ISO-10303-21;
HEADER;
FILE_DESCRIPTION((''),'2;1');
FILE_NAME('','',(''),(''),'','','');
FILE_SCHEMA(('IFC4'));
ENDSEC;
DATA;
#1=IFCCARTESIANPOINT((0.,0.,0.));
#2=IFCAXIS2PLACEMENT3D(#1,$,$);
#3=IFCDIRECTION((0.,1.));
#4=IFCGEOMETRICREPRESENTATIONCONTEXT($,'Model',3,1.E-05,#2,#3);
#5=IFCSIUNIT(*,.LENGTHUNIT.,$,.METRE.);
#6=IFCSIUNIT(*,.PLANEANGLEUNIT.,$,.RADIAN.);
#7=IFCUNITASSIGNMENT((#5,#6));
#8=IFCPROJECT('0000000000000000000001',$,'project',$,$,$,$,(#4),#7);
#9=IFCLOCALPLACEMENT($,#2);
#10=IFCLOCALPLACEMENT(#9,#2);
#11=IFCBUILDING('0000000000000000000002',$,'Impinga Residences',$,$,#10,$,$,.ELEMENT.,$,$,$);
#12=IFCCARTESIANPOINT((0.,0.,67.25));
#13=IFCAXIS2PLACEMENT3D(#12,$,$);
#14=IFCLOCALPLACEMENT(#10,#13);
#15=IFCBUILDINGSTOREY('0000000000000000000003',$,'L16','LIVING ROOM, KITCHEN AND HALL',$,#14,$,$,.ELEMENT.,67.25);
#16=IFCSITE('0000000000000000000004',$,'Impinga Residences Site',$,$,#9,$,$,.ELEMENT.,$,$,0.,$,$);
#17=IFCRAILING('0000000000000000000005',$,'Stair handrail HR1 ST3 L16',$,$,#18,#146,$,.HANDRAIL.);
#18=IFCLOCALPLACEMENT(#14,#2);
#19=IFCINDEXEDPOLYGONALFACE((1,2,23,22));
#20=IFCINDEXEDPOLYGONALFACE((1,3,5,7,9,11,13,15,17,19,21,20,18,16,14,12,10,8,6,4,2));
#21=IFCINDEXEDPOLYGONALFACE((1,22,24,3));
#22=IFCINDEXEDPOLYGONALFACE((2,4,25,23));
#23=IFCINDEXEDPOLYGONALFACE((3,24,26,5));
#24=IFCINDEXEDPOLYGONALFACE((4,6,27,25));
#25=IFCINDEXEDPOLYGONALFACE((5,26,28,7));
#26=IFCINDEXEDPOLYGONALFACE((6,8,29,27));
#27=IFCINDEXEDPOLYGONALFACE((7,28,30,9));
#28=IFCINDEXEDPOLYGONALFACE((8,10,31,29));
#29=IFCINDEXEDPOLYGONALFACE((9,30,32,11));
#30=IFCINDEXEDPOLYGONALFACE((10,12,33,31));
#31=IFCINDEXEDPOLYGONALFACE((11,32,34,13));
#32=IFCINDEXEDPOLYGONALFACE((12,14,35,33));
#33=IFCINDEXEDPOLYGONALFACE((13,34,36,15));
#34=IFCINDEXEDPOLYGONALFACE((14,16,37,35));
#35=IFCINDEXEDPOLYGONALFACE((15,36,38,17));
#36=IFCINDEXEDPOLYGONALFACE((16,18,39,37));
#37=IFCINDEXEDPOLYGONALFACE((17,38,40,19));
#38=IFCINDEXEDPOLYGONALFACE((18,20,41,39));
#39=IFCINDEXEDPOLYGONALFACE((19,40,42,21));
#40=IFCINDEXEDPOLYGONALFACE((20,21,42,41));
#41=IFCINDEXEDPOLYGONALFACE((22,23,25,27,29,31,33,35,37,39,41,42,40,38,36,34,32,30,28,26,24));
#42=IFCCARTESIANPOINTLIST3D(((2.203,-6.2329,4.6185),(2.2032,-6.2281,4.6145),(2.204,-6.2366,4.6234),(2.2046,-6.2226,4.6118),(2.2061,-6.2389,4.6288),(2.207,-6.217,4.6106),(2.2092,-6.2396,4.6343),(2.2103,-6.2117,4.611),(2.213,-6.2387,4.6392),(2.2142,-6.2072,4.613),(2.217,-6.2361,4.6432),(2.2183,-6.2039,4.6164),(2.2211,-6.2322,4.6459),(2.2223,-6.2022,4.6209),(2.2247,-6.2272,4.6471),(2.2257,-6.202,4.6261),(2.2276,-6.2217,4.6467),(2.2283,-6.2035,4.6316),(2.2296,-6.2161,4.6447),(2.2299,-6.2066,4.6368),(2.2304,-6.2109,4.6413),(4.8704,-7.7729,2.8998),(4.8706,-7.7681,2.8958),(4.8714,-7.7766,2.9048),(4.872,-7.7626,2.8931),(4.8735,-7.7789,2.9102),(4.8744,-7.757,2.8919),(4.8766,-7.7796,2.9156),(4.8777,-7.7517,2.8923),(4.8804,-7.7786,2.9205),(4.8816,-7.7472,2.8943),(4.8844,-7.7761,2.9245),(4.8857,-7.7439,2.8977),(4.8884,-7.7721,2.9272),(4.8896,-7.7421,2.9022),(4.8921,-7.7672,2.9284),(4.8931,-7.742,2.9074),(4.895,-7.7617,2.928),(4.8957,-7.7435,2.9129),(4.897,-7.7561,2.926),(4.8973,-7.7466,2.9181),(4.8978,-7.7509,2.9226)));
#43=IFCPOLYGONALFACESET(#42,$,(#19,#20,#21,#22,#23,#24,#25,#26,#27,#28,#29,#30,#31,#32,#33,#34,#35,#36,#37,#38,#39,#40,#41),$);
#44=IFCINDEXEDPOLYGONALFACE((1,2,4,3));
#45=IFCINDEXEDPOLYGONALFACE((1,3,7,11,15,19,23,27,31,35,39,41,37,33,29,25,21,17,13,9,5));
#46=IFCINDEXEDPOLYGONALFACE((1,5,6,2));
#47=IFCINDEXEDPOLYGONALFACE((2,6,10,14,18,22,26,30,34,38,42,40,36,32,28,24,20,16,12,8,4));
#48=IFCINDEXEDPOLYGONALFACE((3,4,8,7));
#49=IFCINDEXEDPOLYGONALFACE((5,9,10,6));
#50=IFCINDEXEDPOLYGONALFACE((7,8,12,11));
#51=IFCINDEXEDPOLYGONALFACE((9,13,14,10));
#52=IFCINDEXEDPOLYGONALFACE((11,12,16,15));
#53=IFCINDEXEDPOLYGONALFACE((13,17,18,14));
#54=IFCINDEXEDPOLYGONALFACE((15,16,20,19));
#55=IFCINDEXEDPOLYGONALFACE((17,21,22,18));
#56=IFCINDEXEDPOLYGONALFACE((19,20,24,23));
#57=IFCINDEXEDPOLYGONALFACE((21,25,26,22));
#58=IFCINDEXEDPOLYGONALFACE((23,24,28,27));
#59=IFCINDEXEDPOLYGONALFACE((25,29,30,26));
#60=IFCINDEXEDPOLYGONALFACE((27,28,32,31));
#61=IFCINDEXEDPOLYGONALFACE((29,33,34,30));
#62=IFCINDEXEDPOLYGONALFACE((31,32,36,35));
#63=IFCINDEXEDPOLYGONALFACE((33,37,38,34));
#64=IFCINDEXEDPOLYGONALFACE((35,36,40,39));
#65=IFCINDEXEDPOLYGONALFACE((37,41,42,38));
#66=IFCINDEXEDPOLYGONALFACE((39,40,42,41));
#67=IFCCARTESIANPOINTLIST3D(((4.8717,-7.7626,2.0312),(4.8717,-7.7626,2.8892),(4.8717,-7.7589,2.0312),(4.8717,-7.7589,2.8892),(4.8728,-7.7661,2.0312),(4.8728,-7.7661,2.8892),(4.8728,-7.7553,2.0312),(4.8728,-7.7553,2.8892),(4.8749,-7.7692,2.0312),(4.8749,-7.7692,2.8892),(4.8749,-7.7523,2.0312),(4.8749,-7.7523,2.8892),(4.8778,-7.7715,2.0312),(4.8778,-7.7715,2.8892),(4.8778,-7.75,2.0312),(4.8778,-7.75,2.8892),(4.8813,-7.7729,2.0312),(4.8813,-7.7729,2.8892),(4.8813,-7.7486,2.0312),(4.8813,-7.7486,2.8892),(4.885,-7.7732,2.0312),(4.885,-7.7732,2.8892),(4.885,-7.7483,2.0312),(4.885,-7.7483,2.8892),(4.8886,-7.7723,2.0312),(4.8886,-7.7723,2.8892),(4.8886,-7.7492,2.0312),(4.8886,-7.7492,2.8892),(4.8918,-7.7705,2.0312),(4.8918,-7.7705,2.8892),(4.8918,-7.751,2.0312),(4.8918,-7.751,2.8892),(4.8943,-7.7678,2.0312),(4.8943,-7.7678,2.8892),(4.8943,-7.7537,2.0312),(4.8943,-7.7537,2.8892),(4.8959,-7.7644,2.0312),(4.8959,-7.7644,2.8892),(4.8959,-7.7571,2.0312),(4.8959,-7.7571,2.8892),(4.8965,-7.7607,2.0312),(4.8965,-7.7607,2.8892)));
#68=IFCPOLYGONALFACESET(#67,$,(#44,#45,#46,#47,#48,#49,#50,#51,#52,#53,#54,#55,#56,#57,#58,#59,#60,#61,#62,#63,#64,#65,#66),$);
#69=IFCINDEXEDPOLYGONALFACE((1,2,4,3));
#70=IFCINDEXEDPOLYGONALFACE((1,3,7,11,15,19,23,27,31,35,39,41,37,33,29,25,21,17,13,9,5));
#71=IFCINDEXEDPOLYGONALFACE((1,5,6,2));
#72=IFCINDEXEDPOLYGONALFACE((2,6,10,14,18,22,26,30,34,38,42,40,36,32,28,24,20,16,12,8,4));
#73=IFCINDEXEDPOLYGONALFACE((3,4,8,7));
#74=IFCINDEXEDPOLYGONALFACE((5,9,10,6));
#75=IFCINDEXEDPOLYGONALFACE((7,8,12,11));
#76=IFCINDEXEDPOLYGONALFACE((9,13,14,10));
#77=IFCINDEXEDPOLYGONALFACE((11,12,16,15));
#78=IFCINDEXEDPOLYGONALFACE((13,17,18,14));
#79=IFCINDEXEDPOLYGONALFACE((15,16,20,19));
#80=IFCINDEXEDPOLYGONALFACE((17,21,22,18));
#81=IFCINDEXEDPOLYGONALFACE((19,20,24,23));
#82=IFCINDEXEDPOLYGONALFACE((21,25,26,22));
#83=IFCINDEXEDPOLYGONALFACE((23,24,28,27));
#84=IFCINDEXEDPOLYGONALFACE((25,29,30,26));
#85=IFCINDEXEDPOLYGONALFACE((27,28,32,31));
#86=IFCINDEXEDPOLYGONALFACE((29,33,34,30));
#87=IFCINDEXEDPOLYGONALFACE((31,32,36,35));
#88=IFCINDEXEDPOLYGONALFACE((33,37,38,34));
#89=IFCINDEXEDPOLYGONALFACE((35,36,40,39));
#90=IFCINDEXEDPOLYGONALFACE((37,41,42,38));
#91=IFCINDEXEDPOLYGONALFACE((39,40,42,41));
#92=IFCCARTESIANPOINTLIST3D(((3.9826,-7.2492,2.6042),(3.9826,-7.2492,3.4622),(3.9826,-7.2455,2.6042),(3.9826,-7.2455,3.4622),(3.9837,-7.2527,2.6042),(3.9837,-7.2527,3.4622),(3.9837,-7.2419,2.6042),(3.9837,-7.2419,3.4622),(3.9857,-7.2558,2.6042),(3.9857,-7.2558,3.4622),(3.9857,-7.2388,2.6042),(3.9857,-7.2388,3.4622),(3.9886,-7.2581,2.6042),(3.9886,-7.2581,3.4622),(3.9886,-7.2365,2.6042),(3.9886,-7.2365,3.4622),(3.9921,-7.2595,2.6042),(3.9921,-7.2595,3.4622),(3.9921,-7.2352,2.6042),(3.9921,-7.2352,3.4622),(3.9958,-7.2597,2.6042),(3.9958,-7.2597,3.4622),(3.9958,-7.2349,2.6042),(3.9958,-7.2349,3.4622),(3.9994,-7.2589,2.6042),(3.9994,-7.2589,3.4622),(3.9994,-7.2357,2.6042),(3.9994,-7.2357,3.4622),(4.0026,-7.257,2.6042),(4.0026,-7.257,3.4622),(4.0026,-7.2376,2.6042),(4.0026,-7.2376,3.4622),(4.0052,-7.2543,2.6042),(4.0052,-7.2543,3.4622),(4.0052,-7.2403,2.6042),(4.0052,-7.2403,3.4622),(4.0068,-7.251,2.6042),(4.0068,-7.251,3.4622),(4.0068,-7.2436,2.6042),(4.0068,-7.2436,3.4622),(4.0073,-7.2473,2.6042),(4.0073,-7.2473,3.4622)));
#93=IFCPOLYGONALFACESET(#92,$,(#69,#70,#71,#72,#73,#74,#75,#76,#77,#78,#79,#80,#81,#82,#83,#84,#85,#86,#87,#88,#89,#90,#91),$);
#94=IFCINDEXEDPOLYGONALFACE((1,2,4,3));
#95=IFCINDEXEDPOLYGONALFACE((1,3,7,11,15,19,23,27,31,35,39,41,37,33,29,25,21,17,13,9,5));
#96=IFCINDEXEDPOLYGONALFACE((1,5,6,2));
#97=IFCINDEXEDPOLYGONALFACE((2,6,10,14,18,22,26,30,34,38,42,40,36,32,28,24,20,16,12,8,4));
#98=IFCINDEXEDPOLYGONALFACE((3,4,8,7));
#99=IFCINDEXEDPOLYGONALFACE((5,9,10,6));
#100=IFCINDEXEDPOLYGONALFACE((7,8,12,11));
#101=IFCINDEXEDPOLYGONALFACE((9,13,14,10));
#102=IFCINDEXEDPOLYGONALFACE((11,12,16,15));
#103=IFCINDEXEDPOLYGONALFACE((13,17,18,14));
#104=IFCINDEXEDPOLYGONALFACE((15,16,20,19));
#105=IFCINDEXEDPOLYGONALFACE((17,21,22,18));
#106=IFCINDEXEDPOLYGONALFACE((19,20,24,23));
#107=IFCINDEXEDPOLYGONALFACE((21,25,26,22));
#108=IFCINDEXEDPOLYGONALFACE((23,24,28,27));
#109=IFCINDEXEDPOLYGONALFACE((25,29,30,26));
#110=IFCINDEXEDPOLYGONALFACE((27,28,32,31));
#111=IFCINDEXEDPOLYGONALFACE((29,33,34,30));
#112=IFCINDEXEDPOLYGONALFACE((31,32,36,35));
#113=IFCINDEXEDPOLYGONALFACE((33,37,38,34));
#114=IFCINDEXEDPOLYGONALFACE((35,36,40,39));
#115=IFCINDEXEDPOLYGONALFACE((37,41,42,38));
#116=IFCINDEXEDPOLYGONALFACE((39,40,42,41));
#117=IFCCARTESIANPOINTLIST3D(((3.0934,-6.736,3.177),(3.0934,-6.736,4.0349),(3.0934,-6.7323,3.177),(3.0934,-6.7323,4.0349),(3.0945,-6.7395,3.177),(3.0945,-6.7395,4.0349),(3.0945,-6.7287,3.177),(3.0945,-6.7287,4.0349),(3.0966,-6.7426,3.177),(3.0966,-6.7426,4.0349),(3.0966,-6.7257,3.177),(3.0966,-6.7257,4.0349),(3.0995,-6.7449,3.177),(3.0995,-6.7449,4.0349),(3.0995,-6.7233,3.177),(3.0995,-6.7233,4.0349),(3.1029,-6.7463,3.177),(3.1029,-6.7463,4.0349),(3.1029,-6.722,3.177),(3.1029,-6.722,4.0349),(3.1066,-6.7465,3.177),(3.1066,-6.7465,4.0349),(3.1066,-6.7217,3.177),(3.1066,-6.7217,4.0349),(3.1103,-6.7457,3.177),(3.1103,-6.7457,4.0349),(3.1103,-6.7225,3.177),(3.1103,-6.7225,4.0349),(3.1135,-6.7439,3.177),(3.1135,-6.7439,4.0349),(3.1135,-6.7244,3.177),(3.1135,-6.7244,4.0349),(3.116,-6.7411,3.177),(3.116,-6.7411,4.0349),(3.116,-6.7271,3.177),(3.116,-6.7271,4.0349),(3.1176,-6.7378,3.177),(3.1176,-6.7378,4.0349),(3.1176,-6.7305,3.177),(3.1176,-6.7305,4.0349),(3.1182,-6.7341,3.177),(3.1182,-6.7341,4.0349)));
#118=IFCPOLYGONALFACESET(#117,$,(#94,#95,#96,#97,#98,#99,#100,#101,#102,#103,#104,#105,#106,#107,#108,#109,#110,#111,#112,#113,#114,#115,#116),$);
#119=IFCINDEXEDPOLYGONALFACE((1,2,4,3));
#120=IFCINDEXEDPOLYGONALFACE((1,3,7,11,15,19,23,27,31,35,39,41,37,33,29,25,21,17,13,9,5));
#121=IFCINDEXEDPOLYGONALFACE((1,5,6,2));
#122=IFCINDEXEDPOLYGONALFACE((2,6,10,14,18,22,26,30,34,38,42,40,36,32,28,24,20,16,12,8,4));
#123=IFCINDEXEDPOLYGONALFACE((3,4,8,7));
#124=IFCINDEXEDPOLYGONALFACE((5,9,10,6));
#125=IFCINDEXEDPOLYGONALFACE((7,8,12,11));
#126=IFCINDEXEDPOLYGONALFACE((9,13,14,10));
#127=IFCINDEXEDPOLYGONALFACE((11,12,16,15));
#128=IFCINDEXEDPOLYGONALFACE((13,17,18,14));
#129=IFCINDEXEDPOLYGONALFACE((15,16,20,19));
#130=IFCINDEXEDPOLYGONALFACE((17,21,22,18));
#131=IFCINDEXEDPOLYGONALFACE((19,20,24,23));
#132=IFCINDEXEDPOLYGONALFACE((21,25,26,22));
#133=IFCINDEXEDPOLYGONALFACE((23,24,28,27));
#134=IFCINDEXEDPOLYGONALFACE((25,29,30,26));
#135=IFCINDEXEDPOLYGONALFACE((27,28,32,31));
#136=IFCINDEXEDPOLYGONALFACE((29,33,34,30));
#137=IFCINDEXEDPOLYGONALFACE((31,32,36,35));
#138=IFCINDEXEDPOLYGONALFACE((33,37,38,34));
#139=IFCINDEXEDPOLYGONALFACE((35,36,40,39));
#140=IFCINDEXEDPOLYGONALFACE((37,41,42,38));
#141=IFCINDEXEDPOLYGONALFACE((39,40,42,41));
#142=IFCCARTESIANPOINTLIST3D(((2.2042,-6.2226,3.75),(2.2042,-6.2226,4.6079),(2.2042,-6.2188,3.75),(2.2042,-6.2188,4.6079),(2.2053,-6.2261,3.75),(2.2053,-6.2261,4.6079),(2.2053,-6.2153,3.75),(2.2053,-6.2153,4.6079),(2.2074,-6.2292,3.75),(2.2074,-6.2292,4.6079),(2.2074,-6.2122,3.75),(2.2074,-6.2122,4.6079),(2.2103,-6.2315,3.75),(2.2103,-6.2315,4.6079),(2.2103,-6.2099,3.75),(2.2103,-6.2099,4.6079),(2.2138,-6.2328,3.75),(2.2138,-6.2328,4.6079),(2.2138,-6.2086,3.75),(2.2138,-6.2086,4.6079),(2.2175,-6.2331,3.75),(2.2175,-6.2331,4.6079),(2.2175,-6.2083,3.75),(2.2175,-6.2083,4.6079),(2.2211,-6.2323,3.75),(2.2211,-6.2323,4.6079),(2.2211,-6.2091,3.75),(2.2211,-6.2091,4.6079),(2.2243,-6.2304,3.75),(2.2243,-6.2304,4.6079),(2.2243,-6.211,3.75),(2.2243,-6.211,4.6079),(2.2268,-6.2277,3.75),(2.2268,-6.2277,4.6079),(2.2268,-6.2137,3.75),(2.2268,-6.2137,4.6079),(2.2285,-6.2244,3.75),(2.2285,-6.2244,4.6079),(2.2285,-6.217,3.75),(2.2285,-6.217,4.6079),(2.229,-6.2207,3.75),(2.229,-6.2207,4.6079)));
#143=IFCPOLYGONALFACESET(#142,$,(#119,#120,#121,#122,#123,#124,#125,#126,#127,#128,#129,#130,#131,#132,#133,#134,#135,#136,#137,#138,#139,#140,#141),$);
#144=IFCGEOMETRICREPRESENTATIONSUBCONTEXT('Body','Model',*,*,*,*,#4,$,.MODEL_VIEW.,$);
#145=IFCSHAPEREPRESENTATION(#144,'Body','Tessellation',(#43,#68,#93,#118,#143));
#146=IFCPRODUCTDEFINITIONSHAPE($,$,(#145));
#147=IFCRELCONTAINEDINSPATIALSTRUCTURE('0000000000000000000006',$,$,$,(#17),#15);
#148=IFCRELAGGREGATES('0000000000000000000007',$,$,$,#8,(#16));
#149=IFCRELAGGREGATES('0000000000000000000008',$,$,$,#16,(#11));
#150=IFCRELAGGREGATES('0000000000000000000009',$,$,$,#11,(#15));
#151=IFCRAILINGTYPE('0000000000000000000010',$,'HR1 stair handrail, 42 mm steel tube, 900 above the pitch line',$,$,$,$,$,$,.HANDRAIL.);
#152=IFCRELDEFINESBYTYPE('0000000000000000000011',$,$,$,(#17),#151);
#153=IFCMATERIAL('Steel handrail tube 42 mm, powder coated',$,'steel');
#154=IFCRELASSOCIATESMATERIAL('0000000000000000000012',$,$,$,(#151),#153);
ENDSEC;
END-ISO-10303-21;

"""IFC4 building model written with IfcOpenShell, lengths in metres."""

from ifc_helpers import new_model, si_unit, direction, frame, origin, origin_2d, place, context, subcontext, project, spatial, circle, extrude, material, type_object, element, save


model = new_model("IFC4")

# Units and contexts
model_context = context("Model", 3, precision=1e-05, world=origin(), true_north=direction((0.0, 1.0)))
body_context = subcontext(model_context, "Body", "Model", "MODEL_VIEW")
ifc_project = project(units=[si_unit("LENGTHUNIT", "METRE"), si_unit("PLANEANGLEUNIT", "RADIAN")], contexts=[model_context])

# Site, building, storey
site_placement = place(None, origin())
site = spatial("IfcSite", under=ifc_project, at=site_placement, Name="Impinga Residences Site", CompositionType="ELEMENT", RefElevation=0.0)
building_placement = place(site_placement, origin())
building = spatial("IfcBuilding", under=site, at=building_placement, Name="Impinga Residences", CompositionType="ELEMENT")
storey_placement = place(building_placement, frame((0.0, 0.0, 67.25)))
storey = spatial("IfcBuildingStorey", under=building, at=storey_placement, Name="L16", Description="LIVING ROOM, KITCHEN AND HALL", CompositionType="ELEMENT", Elevation=67.25)

# Railing
ifc_material_1 = material(Name="Steel handrail tube 42 mm, powder coated", Category="steel")
railing_type_1 = type_object("IfcRailingType", Name="HR1 stair handrail, 42 mm steel tube, 900 above the pitch line", PredefinedType="HANDRAIL", material=ifc_material_1)
railing_1_placement = place(storey_placement, frame((4.884, -7.7607, 2.0312)))
element("IfcRailing", 1, at=railing_1_placement, inside=storey, type_object=railing_type_1, Name="Stair handrail HR1 ST3 L16", PredefinedType="HANDRAIL", context=body_context, shape_type="SweptSolid", body=[
    extrude(circle(Radius=0.021, at=origin_2d()), frame((0.0, 0.0, 0.8789), z_axis=(-0.756256, 0.436616, 0.487282), x_axis=(-0.499992, -0.86603, 0.0)), (0.0, 0.0, 1.0), 3.5271),
    extrude(circle(Radius=0.0125, at=origin_2d()), origin(), (0.0, 0.0, 1.0), 0.8579),
    extrude(circle(Radius=0.0125, at=origin_2d()), frame((-0.8892, 0.5134, 0.573)), (0.0, 0.0, 1.0), 0.8579),
    extrude(circle(Radius=0.0125, at=origin_2d()), frame((-1.7783, 1.0266, 1.1458)), (0.0, 0.0, 1.0), 0.8579),
    extrude(circle(Radius=0.0125, at=origin_2d()), frame((-2.6675, 1.54, 1.7188)), (0.0, 0.0, 1.0), 0.8579),
])

save(model, "model.ifc")
